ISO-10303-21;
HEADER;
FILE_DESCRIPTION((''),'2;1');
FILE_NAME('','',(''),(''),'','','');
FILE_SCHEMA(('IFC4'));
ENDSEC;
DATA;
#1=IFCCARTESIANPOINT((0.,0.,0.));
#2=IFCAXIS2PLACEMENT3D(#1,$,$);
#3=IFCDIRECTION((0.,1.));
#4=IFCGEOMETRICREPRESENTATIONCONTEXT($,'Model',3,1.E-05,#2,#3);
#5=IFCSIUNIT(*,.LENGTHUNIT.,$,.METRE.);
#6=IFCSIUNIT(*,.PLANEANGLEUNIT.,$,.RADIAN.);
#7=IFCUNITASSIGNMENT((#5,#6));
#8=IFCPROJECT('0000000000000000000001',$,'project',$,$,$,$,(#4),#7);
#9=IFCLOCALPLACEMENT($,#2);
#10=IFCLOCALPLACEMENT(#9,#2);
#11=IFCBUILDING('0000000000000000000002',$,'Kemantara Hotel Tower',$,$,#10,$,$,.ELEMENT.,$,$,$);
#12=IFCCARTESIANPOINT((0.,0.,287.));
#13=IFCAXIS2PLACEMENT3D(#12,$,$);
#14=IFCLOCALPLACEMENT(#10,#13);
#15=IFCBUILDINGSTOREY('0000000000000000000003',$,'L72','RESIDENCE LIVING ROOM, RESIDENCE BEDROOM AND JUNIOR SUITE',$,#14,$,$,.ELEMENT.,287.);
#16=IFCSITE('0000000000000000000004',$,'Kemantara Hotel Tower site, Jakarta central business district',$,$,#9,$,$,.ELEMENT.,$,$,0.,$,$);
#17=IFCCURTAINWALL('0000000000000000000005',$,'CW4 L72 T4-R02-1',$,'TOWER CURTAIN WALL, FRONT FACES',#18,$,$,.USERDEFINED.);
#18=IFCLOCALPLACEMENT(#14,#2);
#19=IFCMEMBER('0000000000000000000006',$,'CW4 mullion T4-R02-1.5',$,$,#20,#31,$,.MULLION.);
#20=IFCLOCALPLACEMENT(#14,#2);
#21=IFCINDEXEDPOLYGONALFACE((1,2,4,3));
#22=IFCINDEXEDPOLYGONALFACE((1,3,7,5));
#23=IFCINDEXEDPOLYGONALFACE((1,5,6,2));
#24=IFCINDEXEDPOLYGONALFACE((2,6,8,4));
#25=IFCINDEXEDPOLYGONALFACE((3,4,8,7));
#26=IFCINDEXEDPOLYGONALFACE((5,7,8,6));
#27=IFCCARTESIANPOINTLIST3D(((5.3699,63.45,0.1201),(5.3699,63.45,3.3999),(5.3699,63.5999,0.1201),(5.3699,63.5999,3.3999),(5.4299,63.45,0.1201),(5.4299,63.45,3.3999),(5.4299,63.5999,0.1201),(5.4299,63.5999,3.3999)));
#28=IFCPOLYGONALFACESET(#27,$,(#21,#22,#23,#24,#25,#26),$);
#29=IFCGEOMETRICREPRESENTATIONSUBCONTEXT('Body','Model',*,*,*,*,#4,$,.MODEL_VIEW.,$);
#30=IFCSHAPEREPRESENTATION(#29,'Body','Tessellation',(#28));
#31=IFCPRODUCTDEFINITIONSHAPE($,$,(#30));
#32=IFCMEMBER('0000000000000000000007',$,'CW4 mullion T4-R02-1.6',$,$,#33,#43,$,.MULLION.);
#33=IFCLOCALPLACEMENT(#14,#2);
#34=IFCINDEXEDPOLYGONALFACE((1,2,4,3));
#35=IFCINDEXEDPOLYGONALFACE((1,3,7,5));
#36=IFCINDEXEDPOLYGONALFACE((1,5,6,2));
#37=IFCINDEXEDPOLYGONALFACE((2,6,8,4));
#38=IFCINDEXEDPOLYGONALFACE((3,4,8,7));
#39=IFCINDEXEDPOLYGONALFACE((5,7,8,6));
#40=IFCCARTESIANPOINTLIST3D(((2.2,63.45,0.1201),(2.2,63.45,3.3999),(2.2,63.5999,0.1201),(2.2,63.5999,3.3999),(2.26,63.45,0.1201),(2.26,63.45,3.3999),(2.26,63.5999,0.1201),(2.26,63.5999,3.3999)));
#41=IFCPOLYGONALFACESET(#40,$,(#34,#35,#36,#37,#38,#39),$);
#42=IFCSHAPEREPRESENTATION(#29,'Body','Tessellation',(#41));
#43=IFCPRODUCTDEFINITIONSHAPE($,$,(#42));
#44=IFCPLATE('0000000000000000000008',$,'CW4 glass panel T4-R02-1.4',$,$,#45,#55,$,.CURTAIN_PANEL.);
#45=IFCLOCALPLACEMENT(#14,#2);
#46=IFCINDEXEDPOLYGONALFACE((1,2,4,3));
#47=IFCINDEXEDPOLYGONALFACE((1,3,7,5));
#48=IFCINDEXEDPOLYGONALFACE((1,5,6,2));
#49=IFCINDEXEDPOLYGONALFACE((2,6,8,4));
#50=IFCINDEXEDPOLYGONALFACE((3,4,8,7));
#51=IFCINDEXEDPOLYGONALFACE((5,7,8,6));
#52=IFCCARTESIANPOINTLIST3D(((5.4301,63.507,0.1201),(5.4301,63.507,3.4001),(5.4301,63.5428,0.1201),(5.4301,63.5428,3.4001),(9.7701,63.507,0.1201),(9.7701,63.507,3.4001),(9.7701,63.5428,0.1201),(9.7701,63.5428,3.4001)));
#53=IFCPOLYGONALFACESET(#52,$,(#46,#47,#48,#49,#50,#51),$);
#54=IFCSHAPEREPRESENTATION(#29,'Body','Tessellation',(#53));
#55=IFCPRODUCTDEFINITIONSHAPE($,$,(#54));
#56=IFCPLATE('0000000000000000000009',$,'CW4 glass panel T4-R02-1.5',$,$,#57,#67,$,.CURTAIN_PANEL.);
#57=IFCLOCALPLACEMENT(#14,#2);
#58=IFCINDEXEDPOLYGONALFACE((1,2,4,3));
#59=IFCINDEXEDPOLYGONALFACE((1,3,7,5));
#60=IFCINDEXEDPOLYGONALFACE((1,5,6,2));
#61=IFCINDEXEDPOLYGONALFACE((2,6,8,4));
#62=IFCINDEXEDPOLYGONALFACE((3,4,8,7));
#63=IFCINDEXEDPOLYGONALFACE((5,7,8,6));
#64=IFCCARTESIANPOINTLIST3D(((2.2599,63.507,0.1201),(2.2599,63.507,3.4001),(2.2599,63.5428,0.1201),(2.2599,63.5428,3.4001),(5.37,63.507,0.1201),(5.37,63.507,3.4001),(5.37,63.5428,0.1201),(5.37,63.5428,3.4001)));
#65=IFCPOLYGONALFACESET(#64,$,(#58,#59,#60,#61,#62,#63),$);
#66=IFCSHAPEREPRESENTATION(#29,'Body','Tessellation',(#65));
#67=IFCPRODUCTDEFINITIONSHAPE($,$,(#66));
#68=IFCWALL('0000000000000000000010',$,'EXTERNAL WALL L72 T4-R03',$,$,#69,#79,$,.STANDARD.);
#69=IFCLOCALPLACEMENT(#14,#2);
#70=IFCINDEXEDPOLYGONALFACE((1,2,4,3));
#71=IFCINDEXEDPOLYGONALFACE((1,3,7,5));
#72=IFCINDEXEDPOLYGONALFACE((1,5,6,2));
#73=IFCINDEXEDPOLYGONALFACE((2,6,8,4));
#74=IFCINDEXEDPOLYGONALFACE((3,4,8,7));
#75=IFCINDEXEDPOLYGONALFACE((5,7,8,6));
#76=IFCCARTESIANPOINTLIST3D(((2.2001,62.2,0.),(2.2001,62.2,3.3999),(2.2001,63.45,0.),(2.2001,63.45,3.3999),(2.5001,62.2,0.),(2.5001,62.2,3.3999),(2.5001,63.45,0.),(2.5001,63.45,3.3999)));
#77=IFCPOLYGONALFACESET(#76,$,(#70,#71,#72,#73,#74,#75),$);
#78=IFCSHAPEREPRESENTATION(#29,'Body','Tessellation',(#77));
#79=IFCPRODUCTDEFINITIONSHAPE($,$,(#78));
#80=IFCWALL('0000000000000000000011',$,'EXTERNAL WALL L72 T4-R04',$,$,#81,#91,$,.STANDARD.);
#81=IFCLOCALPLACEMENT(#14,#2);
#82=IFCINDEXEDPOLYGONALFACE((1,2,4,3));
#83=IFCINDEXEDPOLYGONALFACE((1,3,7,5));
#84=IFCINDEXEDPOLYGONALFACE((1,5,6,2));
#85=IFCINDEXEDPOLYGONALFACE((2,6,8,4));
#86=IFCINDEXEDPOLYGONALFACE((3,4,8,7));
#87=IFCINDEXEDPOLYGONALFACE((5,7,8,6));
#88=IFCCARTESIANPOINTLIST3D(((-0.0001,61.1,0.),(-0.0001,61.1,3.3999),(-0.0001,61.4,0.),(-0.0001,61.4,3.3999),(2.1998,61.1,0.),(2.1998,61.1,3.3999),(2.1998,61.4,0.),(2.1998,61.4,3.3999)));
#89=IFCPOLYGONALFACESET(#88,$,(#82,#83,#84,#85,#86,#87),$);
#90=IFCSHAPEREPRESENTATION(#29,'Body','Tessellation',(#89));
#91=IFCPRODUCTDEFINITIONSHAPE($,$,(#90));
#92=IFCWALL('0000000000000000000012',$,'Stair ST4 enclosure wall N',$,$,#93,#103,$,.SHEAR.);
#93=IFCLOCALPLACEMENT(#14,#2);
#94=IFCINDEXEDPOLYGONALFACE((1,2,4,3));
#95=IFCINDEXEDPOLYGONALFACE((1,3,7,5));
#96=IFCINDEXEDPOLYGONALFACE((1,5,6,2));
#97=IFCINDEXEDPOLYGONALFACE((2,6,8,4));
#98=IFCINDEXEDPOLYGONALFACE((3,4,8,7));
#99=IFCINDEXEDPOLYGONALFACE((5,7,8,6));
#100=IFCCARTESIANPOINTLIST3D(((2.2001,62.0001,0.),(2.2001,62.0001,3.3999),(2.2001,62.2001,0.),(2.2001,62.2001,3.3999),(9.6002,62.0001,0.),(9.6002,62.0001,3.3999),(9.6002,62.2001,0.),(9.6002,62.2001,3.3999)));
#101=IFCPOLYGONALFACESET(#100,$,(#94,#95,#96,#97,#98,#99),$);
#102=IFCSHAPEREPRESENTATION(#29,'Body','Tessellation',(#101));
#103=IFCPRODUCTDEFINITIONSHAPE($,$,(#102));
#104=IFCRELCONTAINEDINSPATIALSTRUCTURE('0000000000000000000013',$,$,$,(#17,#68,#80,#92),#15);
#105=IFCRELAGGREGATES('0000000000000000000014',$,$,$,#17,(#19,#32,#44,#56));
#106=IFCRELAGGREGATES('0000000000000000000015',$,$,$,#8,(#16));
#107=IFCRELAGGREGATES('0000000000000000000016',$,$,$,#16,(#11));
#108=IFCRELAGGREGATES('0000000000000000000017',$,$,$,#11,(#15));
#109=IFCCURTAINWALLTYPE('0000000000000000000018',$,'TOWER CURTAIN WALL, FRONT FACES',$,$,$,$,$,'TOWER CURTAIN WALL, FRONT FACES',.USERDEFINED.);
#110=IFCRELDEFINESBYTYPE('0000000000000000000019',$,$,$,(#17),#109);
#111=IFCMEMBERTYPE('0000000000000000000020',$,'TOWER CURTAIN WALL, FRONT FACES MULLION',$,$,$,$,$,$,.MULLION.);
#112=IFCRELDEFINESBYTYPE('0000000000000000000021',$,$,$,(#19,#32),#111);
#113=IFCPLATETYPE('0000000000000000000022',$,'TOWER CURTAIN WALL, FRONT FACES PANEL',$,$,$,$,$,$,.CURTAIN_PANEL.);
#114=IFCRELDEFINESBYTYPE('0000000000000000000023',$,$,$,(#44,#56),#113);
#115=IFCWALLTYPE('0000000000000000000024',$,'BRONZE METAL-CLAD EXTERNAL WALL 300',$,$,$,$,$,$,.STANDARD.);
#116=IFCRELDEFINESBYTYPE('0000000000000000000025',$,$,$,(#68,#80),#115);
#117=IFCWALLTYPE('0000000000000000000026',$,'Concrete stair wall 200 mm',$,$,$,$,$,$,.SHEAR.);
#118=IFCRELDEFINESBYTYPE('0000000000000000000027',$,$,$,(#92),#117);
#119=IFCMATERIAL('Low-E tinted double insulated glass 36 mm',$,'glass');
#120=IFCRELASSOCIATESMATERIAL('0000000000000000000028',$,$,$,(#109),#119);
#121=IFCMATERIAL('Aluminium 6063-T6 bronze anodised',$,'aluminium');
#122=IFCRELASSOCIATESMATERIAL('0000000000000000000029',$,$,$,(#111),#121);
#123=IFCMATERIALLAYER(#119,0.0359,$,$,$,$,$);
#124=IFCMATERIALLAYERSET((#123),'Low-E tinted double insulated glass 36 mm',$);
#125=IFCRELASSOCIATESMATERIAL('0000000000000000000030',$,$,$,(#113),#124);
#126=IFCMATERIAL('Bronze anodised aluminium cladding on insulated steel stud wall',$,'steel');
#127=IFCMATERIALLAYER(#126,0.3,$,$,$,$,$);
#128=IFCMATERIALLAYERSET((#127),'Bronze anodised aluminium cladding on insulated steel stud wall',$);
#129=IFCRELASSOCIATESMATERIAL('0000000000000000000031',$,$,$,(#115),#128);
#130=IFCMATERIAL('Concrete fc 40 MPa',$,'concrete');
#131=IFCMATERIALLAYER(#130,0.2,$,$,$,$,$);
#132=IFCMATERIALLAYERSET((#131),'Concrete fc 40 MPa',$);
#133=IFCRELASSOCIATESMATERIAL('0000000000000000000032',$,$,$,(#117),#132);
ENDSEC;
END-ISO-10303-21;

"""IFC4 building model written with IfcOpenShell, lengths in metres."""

from ifc_helpers import new_model, si_unit, direction, frame, frame_2d, origin, origin_2d, place, context, subcontext, project, spatial, rectangle, extrude, source, transform, mapped, material, layer, layer_set, material_profile, profile_set, type_object, element, aggregate, save


model = new_model("IFC4")

# Units and contexts
model_context = context("Model", 3, precision=1e-05, world=origin(), true_north=direction((0.0, 1.0)))
body_context = subcontext(model_context, "Body", "Model", "MODEL_VIEW")
ifc_project = project(units=[si_unit("LENGTHUNIT", "METRE"), si_unit("PLANEANGLEUNIT", "RADIAN")], contexts=[model_context])

# Site, building, storey
site_placement = place(None, origin())
site = spatial("IfcSite", under=ifc_project, at=site_placement, Name="Kemantara Hotel Tower site, Jakarta central business district", CompositionType="ELEMENT", RefElevation=0.0)
building_placement = place(site_placement, origin())
building = spatial("IfcBuilding", under=site, at=building_placement, Name="Kemantara Hotel Tower", CompositionType="ELEMENT")
storey_placement = place(building_placement, frame((0.0, 0.0, 287.0)))
storey = spatial("IfcBuildingStorey", under=building, at=storey_placement, Name="L72", Description="RESIDENCE LIVING ROOM, RESIDENCE BEDROOM AND JUNIOR SUITE", CompositionType="ELEMENT", Elevation=287.0)

# Curtain wall, members, plates
ifc_material_1 = material(Name="Low-E tinted double insulated glass 36 mm", Category="glass")
curtain_wall_type = type_object("IfcCurtainWallType", Name="TOWER CURTAIN WALL, FRONT FACES", ElementType="TOWER CURTAIN WALL, FRONT FACES", PredefinedType="USERDEFINED", material=ifc_material_1)
curtain_wall_placement = place(storey_placement, origin())
curtain_wall = element("IfcCurtainWall", 1, at=curtain_wall_placement, inside=storey, type_object=curtain_wall_type, Name="CW4 L72 T4-R02-1", ObjectType="TOWER CURTAIN WALL, FRONT FACES", PredefinedType="USERDEFINED")
ifc_material_2 = material(Name="Aluminium 6063-T6 bronze anodised", Category="aluminium")
ifc_material_profile = material_profile(ifc_material_2, rectangle(XDim=0.1499, YDim=0.0601, at=origin_2d()), Name="TOWER CURTAIN WALL, FRONT FACES MULLION")
ifc_profile_set = profile_set([ifc_material_profile], Name="Aluminium 6063-T6 bronze anodised")
member_type = type_object("IfcMemberType", Name="TOWER CURTAIN WALL, FRONT FACES MULLION", PredefinedType="MULLION", material=ifc_profile_set)
shared_shape_1 = source(origin(), body_context, "Body", "SweptSolid", [
    extrude(rectangle(XDim=0.1499, YDim=0.0601, at=origin_2d()), origin(), (0.0, 0.0, 1.0), 3.2798),
])
member_1_placement = place(storey_placement, frame((5.3999, 63.5249, 0.1201), z_axis=(0.0, 0.0, 1.0), x_axis=(0.0, -1.0, 0.0)))
member_1 = element("IfcMember", 2, at=member_1_placement, type_object=member_type, Name="CW4 mullion T4-R02-1.5", PredefinedType="MULLION", context=body_context, shape_type="MappedRepresentation", body=[
    mapped(shared_shape_1, transform((0.0, 0.0, 0.0))),
])
member_2_placement = place(storey_placement, frame((2.23, 63.5249, 0.1201), z_axis=(0.0, 0.0, 1.0), x_axis=(0.0, -1.0, 0.0)))
member_2 = element("IfcMember", 3, at=member_2_placement, type_object=member_type, Name="CW4 mullion T4-R02-1.6", PredefinedType="MULLION", context=body_context, shape_type="MappedRepresentation", body=[
    mapped(shared_shape_1, transform((0.0, 0.0, 0.0))),
])
ifc_layer_1 = layer(ifc_material_1, 0.0359)
ifc_layer_set_1 = layer_set([ifc_layer_1], Name="Low-E tinted double insulated glass 36 mm")
plate_type = type_object("IfcPlateType", Name="TOWER CURTAIN WALL, FRONT FACES PANEL", PredefinedType="CURTAIN_PANEL", material=ifc_layer_set_1)
shared_shape_2 = source(origin(), body_context, "Body", "SweptSolid", [
    extrude(rectangle(XDim=4.3401, YDim=0.0359, at=origin_2d()), origin(), (0.0, 0.0, 1.0), 3.28),
])
plate_1_placement = place(storey_placement, frame((7.6001, 63.5249, 0.1201), z_axis=(0.0, 0.0, 1.0), x_axis=(-1.0, 0.0, 0.0)))
plate_1 = element("IfcPlate", 4, at=plate_1_placement, type_object=plate_type, Name="CW4 glass panel T4-R02-1.4", PredefinedType="CURTAIN_PANEL", context=body_context, shape_type="MappedRepresentation", body=[
    mapped(shared_shape_2, transform((0.0, 0.0, 0.0))),
])
shared_shape_3 = source(origin(), body_context, "Body", "SweptSolid", [
    extrude(rectangle(XDim=3.1101, YDim=0.0359, at=origin_2d()), origin(), (0.0, 0.0, 1.0), 3.28),
])
plate_2_placement = place(storey_placement, frame((3.8149, 63.5249, 0.1201), z_axis=(0.0, 0.0, 1.0), x_axis=(-1.0, 0.0, 0.0)))
plate_2 = element("IfcPlate", 5, at=plate_2_placement, type_object=plate_type, Name="CW4 glass panel T4-R02-1.5", PredefinedType="CURTAIN_PANEL", context=body_context, shape_type="MappedRepresentation", body=[
    mapped(shared_shape_3, transform((0.0, 0.0, 0.0))),
])
aggregate(curtain_wall, [member_1, member_2, plate_1, plate_2])

# Walls
ifc_material_3 = material(Name="Bronze anodised aluminium cladding on insulated steel stud wall", Category="steel")
ifc_layer_2 = layer(ifc_material_3, 0.3)
ifc_layer_set_2 = layer_set([ifc_layer_2], Name="Bronze anodised aluminium cladding on insulated steel stud wall")
wall_type_1 = type_object("IfcWallType", Name="BRONZE METAL-CLAD EXTERNAL WALL 300", PredefinedType="STANDARD", material=ifc_layer_set_2)
wall_1_placement = place(storey_placement, frame((2.3501, 63.45, 0.0), z_axis=(0.0, 0.0, 1.0), x_axis=(0.0, -1.0, 0.0)))
element("IfcWall", 6, at=wall_1_placement, inside=storey, type_object=wall_type_1, Name="EXTERNAL WALL L72 T4-R03", PredefinedType="STANDARD", context=body_context, shape_type="SweptSolid", body=[
    extrude(rectangle(XDim=1.25, YDim=0.3, at=frame_2d((0.625, 0.0))), origin(), (0.0, 0.0, 1.0), 3.3999),
])
wall_2_placement = place(storey_placement, frame((2.2, 61.25, 0.0), z_axis=(0.0, 0.0, 1.0), x_axis=(-1.0, 0.0, 0.0)))
element("IfcWall", 7, at=wall_2_placement, inside=storey, type_object=wall_type_1, Name="EXTERNAL WALL L72 T4-R04", PredefinedType="STANDARD", context=body_context, shape_type="SweptSolid", body=[
    extrude(rectangle(XDim=2.2, YDim=0.3, at=frame_2d((1.1001, 0.0))), origin(), (0.0, 0.0, 1.0), 3.3999),
])

# Wall
ifc_material_4 = material(Name="Concrete fc 40 MPa", Category="concrete")
ifc_layer_3 = layer(ifc_material_4, 0.2)
ifc_layer_set_3 = layer_set([ifc_layer_3], Name="Concrete fc 40 MPa")
wall_type_2 = type_object("IfcWallType", Name="Concrete stair wall 200 mm", PredefinedType="SHEAR", material=ifc_layer_set_3)
wall_3_placement = place(storey_placement, frame((2.2, 62.1001, 0.0), z_axis=(0.0, 0.0, 1.0), x_axis=(1.0, 0.0, 0.0)))
element("IfcWall", 8, at=wall_3_placement, inside=storey, type_object=wall_type_2, Name="Stair ST4 enclosure wall N", PredefinedType="SHEAR", context=body_context, shape_type="SweptSolid", body=[
    extrude(rectangle(XDim=7.4001, YDim=0.2, at=frame_2d((3.7002, 0.0))), origin(), (0.0, 0.0, 1.0), 3.3999),
])

save(model, "model.ifc")
